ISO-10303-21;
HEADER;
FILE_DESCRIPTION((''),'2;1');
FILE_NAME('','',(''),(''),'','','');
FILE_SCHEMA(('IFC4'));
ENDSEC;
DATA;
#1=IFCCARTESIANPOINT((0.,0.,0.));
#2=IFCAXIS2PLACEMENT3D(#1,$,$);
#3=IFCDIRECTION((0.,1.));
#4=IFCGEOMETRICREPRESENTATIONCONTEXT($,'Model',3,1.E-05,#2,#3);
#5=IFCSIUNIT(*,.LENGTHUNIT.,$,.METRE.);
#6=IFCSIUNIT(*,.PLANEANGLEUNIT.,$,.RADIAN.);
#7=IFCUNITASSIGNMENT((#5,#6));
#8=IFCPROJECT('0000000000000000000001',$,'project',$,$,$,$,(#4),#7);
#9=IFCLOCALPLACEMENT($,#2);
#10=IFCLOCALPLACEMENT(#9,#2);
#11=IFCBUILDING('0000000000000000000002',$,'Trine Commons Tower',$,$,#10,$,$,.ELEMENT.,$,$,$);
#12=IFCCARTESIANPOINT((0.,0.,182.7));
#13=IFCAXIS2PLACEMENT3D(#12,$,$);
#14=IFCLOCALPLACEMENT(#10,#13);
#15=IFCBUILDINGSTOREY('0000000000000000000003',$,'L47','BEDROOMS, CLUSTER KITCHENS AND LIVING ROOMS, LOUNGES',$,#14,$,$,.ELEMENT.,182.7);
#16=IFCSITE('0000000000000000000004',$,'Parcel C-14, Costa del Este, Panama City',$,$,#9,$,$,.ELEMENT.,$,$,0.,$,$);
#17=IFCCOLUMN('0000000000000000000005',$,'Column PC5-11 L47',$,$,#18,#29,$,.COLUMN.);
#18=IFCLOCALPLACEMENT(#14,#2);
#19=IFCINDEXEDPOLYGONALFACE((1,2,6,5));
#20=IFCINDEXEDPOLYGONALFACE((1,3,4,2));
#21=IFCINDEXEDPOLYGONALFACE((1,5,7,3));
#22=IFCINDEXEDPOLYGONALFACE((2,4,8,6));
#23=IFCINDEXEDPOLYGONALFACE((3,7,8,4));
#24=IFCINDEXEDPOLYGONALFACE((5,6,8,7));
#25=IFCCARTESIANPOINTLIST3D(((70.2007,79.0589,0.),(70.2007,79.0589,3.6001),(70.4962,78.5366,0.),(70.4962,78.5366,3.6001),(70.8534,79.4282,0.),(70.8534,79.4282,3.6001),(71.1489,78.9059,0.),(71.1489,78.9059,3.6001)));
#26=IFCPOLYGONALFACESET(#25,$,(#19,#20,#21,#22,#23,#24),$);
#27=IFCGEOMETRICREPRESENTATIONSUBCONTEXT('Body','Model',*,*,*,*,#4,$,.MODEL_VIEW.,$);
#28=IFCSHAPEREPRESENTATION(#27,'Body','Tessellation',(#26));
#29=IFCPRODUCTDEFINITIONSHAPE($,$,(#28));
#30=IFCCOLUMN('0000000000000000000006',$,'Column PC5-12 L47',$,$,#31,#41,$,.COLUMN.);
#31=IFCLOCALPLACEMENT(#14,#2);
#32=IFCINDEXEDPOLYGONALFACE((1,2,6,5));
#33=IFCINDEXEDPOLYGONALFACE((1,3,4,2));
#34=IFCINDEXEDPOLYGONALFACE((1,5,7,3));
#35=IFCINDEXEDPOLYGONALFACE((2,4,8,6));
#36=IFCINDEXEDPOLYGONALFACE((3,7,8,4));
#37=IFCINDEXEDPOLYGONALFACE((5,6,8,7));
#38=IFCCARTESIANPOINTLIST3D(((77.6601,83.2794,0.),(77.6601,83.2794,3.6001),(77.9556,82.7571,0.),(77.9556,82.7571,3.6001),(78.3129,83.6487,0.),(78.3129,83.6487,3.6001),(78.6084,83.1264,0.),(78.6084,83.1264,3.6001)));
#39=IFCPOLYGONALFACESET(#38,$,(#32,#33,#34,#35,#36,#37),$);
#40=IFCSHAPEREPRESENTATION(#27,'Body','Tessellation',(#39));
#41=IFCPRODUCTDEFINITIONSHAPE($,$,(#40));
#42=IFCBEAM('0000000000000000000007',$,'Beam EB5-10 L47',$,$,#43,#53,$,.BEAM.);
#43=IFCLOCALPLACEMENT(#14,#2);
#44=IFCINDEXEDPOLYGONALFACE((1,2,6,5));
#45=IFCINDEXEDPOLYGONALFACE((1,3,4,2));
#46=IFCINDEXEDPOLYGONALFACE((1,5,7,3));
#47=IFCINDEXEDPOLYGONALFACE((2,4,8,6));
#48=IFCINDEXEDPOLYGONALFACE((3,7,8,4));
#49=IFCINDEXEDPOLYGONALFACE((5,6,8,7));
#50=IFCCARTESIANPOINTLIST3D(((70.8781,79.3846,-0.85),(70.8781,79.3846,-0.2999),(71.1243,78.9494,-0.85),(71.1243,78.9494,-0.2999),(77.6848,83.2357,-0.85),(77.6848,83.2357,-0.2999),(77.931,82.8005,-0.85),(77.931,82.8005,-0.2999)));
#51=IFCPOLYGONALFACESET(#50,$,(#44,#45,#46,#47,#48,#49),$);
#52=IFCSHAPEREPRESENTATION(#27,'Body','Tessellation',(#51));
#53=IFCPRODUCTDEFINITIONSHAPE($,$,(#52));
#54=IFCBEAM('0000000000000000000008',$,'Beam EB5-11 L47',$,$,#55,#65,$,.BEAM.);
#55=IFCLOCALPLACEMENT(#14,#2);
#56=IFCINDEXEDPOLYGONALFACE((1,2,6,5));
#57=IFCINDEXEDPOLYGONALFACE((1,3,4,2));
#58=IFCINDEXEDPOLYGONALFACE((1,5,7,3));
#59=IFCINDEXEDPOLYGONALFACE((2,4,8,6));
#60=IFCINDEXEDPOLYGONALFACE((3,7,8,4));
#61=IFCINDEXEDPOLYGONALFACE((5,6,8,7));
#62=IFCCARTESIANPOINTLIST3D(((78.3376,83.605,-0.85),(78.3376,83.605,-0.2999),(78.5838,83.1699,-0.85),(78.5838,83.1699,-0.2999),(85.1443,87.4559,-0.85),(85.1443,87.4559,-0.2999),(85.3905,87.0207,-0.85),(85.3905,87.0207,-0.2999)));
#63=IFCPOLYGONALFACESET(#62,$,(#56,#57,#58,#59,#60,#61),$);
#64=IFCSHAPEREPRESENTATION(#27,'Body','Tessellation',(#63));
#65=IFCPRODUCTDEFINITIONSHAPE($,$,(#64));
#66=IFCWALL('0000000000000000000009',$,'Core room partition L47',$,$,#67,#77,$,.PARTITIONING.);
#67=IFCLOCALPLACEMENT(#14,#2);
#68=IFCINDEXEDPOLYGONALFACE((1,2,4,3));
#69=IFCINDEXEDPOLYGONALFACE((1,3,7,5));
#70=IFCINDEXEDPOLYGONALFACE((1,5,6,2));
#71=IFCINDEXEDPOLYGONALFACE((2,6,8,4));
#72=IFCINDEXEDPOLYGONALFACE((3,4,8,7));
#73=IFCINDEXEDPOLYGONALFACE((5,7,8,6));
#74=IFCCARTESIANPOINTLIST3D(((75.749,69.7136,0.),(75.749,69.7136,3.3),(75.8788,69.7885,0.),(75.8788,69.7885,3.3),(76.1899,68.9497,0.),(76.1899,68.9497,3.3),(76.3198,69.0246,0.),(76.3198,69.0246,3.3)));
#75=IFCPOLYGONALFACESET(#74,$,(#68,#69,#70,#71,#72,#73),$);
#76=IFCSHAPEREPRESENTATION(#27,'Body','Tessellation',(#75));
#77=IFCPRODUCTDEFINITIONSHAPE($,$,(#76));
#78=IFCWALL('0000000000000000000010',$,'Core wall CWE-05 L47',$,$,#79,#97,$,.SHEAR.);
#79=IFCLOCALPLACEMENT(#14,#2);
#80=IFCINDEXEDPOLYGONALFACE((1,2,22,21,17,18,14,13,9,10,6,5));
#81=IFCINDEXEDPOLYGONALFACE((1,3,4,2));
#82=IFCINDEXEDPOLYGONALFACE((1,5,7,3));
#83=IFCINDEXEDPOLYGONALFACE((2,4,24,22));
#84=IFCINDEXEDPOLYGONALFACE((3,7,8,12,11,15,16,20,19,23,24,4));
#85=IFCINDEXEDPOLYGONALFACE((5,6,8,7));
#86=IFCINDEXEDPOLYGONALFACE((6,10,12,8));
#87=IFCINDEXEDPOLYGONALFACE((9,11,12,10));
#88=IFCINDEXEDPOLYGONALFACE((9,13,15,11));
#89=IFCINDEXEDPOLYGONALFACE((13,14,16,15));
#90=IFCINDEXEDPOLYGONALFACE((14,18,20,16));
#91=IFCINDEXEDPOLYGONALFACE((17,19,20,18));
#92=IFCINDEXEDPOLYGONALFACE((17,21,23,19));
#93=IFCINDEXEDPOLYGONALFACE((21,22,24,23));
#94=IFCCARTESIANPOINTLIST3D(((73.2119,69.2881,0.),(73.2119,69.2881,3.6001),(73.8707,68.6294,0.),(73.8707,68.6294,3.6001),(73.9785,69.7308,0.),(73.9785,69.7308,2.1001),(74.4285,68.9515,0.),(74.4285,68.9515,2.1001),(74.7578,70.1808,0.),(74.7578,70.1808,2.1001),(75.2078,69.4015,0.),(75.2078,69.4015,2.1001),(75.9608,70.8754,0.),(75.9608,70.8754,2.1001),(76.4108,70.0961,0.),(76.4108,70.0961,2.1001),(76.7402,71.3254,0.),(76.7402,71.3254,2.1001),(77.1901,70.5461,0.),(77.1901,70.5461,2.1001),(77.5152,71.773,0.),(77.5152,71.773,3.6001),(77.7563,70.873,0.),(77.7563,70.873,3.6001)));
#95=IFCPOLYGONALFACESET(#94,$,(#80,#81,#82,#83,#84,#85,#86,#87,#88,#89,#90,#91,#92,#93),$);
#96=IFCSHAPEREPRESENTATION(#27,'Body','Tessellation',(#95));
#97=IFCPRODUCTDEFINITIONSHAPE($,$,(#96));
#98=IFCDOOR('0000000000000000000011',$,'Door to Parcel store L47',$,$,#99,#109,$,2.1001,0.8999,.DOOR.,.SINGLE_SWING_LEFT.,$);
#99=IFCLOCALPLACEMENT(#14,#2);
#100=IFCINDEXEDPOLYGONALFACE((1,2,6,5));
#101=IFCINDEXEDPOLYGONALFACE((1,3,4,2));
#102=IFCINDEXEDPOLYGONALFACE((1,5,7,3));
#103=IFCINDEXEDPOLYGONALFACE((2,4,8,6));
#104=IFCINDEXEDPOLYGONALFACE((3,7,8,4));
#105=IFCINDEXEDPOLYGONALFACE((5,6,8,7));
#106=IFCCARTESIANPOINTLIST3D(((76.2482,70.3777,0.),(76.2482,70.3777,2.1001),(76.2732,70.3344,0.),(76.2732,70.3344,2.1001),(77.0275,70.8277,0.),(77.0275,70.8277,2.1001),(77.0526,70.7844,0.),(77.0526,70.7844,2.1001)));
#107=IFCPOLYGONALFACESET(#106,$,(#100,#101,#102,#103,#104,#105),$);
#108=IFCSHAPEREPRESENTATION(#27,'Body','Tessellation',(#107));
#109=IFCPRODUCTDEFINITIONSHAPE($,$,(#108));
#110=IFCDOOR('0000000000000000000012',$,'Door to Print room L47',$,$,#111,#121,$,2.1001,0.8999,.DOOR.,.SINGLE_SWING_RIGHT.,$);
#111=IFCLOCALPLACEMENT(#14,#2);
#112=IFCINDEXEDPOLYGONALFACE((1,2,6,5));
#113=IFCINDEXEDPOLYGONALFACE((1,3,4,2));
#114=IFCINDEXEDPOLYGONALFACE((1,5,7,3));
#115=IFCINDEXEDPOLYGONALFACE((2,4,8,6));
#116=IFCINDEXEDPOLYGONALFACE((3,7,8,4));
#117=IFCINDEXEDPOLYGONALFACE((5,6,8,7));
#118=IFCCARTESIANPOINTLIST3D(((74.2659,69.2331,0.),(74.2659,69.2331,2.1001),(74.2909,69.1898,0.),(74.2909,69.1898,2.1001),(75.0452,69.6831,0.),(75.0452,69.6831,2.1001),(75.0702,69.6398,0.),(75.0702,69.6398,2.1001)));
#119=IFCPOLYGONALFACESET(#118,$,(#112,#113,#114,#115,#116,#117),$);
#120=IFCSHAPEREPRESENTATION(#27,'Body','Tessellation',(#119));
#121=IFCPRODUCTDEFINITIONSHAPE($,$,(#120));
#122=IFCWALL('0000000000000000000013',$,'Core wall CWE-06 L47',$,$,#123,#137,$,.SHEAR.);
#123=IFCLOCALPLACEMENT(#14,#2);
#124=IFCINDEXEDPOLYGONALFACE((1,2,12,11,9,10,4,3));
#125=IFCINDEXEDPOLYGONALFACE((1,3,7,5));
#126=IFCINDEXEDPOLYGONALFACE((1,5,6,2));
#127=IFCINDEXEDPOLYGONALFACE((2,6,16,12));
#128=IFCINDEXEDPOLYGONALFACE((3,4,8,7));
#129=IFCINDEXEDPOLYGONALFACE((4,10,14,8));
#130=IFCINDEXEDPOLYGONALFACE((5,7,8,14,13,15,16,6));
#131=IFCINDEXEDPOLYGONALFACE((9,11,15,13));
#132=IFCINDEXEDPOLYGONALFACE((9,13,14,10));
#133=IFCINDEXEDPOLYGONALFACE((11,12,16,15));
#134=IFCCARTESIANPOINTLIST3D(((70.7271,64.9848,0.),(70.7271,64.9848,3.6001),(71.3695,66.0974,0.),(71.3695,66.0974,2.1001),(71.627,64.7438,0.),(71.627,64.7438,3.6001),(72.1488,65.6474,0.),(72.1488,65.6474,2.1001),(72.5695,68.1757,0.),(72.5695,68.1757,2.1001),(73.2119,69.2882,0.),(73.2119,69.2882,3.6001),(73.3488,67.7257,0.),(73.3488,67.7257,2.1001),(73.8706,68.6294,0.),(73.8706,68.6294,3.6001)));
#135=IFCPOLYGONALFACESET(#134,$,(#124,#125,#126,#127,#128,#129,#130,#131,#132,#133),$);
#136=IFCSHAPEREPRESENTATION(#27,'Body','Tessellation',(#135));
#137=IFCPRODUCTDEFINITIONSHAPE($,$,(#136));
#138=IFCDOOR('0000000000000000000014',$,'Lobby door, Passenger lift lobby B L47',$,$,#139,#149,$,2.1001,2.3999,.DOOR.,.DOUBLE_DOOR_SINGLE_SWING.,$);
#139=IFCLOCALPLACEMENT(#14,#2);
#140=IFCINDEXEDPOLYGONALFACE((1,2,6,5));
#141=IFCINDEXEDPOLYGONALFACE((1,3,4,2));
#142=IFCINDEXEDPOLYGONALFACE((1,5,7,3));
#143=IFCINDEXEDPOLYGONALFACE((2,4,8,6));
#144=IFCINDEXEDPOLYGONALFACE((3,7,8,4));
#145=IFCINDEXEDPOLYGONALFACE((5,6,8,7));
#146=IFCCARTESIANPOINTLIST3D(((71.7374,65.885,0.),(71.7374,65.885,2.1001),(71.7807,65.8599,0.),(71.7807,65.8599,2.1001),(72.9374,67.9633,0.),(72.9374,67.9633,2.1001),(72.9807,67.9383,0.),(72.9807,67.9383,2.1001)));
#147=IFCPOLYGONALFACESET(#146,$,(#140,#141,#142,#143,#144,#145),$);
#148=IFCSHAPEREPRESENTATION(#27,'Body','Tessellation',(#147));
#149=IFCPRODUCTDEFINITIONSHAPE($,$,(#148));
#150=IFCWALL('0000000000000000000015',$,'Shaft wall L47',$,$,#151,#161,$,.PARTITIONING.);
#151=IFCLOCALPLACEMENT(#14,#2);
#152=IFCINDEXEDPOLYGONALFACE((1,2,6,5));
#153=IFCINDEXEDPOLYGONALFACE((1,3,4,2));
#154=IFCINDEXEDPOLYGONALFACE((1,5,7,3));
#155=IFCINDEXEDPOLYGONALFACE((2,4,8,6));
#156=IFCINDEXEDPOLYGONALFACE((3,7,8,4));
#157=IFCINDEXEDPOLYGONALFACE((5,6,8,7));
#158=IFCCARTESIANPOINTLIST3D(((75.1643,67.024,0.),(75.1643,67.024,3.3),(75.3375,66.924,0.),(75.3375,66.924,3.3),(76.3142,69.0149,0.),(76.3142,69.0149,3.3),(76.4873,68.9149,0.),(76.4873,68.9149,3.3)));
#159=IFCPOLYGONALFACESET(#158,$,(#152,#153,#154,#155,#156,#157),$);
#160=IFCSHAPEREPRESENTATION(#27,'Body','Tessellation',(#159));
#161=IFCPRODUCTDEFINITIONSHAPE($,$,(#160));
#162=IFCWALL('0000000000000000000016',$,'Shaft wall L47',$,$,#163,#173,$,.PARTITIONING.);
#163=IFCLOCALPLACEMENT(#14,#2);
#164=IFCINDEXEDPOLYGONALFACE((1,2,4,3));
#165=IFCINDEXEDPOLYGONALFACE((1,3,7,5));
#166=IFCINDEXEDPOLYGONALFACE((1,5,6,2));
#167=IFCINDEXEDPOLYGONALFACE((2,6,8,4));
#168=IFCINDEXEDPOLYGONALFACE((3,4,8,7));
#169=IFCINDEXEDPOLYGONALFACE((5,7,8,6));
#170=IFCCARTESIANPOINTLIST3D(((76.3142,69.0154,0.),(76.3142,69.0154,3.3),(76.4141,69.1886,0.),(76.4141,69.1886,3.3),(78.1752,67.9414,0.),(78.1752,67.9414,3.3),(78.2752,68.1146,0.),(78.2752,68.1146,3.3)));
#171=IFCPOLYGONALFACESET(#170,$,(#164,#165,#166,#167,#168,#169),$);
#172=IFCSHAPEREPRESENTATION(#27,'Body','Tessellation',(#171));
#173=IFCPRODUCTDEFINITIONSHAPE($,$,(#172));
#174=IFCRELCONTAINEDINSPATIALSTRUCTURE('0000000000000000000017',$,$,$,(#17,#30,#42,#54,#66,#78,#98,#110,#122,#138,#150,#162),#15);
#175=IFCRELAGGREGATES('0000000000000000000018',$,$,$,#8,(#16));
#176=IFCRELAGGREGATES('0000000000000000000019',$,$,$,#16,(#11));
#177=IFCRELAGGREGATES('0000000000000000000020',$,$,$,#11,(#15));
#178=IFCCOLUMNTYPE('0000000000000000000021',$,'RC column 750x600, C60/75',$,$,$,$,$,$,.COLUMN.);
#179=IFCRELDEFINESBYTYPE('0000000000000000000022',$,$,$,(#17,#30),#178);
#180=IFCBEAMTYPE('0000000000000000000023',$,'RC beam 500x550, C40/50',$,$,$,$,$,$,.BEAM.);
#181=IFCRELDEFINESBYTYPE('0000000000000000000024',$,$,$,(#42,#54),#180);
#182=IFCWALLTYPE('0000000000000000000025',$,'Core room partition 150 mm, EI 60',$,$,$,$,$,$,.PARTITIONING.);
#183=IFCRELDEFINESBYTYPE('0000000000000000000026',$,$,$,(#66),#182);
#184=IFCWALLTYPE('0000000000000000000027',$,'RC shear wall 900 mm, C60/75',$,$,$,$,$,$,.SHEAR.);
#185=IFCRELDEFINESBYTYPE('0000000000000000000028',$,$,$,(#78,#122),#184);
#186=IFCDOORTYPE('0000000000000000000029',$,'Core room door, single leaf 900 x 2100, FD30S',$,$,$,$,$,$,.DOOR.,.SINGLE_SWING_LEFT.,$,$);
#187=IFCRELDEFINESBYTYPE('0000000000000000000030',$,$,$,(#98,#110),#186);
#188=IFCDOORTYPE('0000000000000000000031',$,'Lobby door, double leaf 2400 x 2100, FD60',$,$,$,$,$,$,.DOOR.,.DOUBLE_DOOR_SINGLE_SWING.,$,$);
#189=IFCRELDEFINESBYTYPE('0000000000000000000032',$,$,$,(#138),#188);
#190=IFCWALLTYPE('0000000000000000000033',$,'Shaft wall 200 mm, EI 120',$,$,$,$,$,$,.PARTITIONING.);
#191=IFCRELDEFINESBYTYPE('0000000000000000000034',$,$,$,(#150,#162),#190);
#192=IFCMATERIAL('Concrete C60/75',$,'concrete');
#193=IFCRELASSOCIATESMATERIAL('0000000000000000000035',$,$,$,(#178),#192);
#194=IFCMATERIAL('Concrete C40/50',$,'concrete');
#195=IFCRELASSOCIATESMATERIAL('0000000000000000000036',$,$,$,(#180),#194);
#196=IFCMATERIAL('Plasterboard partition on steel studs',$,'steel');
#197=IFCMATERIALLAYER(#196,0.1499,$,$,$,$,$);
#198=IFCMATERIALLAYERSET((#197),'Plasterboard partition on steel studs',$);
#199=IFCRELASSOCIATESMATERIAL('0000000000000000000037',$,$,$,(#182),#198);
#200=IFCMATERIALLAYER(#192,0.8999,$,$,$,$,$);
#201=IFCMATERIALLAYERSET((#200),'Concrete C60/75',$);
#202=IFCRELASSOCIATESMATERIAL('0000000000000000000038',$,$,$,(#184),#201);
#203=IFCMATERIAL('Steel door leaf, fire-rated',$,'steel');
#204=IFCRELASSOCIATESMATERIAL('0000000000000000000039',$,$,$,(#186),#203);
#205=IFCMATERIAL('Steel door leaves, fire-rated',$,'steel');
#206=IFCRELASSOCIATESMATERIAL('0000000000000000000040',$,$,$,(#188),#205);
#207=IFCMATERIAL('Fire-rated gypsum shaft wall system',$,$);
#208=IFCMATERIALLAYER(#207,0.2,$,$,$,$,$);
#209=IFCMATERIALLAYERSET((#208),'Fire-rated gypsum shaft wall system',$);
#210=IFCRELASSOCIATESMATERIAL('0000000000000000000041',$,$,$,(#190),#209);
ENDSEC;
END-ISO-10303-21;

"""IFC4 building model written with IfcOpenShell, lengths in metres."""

from ifc_helpers import new_model, si_unit, direction, frame, frame_2d, origin, origin_2d, place, context, subcontext, project, spatial, polyline, rectangle, outline, extrude, material, layer, layer_set, material_profile, profile_set, type_object, element, fill, save


model = new_model("IFC4")

# Units and contexts
model_context = context("Model", 3, precision=1e-05, world=origin(), true_north=direction((0.0, 1.0)))
body_context = subcontext(model_context, "Body", "Model", "MODEL_VIEW")
ifc_project = project(units=[si_unit("LENGTHUNIT", "METRE"), si_unit("PLANEANGLEUNIT", "RADIAN")], contexts=[model_context])

# Site, building, storey
site_placement = place(None, origin())
site = spatial("IfcSite", under=ifc_project, at=site_placement, Name="Parcel C-14, Costa del Este, Panama City", CompositionType="ELEMENT", RefElevation=0.0)
building_placement = place(site_placement, origin())
building = spatial("IfcBuilding", under=site, at=building_placement, Name="Trine Commons Tower", CompositionType="ELEMENT")
storey_placement = place(building_placement, frame((0.0, 0.0, 182.7)))
storey = spatial("IfcBuildingStorey", under=building, at=storey_placement, Name="L47", Description="BEDROOMS, CLUSTER KITCHENS AND LIVING ROOMS, LOUNGES", CompositionType="ELEMENT", Elevation=182.7)

# Columns
ifc_material_1 = material(Name="Concrete C60/75", Category="concrete")
ifc_material_profile_1 = material_profile(ifc_material_1, rectangle(XDim=0.75, YDim=0.6001, at=origin_2d()), Name="RC 750x600")
ifc_profile_set_1 = profile_set([ifc_material_profile_1], Name="Concrete C60/75")
column_type = type_object("IfcColumnType", Name="RC column 750x600, C60/75", PredefinedType="COLUMN", material=ifc_profile_set_1)
for number, where, z_axis, x_axis, name in (
    (1, (70.6748, 78.9824, 0.0), (0.0, 0.0, 1.0), (0.870356, 0.492424, 0.0), "Column PC5-11 L47"),
    (2, (78.1343, 83.2029, 0.0), (0.0, 0.0, 1.0), (0.870356, 0.492424, 0.0), "Column PC5-12 L47"),
):
    element("IfcColumn", number, at=place(storey_placement, frame(where, z_axis=z_axis, x_axis=x_axis)), inside=storey, type_object=column_type, Name=name, PredefinedType="COLUMN", context=body_context, shape_type="SweptSolid", body=[
        extrude(rectangle(XDim=0.75, YDim=0.6001, at=origin_2d()), origin(), (0.0, 0.0, 1.0), 3.6001),
    ])

# Beams
ifc_material_2 = material(Name="Concrete C40/50", Category="concrete")
ifc_material_profile_2 = material_profile(ifc_material_2, rectangle(XDim=0.5, YDim=0.55, at=origin_2d()), Name="RC 500x550")
ifc_profile_set_2 = profile_set([ifc_material_profile_2], Name="Concrete C40/50")
beam_type = type_object("IfcBeamType", Name="RC beam 500x550, C40/50", PredefinedType="BEAM", material=ifc_profile_set_2)
for number, where, z_axis, x_axis, name in (
    (3, (71.0012, 79.167, -0.575), (0.870352, 0.49243, 0.0), (-0.49243, 0.870352, 0.0), "Beam EB5-10 L47"),
    (4, (78.4607, 83.3875, -0.575), (0.870366, 0.492406, 0.0), (-0.492406, 0.870366, 0.0), "Beam EB5-11 L47"),
):
    element("IfcBeam", number, at=place(storey_placement, frame(where, z_axis=z_axis, x_axis=x_axis)), inside=storey, type_object=beam_type, Name=name, PredefinedType="BEAM", context=body_context, shape_type="SweptSolid", body=[
        extrude(rectangle(XDim=0.5, YDim=0.55, at=origin_2d()), origin(), (0.0, 0.0, 1.0), 7.8206),
    ])

# Wall
ifc_material_3 = material(Name="Plasterboard partition on steel studs", Category="steel")
ifc_layer_1 = layer(ifc_material_3, 0.1499)
ifc_layer_set_1 = layer_set([ifc_layer_1], Name="Plasterboard partition on steel studs")
wall_type_1 = type_object("IfcWallType", Name="Core room partition 150 mm, EI 60", PredefinedType="PARTITIONING", material=ifc_layer_set_1)
wall_1_placement = place(storey_placement, frame((75.814, 69.751, 0.0), z_axis=(0.0, 0.0, 1.0), x_axis=(0.49989, -0.866089, 0.0)))
element("IfcWall", 5, at=wall_1_placement, inside=storey, type_object=wall_type_1, Name="Core room partition L47", PredefinedType="PARTITIONING", context=body_context, shape_type="SweptSolid", body=[
    extrude(rectangle(XDim=0.8821, YDim=0.1499, at=frame_2d((0.4409, 0.0))), origin(), (0.0, 0.0, 1.0), 3.3),
])

# Wall, openings, doors
ifc_layer_2 = layer(ifc_material_1, 0.8999)
ifc_layer_set_2 = layer_set([ifc_layer_2], Name="Concrete C60/75")
wall_type_2 = type_object("IfcWallType", Name="RC shear wall 900 mm, C60/75", PredefinedType="SHEAR", material=ifc_layer_set_2)
wall_2_placement = place(storey_placement, frame((77.7402, 71.3833, 0.0), z_axis=(0.0, 0.0, 1.0), x_axis=(-0.866003, -0.500039, 0.0)))
wall_2 = element("IfcWall", 6, at=wall_2_placement, inside=storey, type_object=wall_type_2, Name="Core wall CWE-05 L47", PredefinedType="SHEAR", context=body_context, shape_type="SweptSolid", body=[
    extrude(outline(polyline([(0.0, -0.45), (4.9692, -0.45), (4.728, 0.45), (0.2412, 0.45), (0.0, -0.45)])), origin(), (0.0, 0.0, 1.0), 3.6001),
])
opening_1_placement = place(wall_2_placement, frame((0.895, 0.0, 0.0)))
opening_1 = element("IfcOpeningElement", 7, at=opening_1_placement, cuts=wall_2, PredefinedType="OPENING", context=body_context, shape_type="SweptSolid", body=[
    extrude(rectangle(XDim=0.8999, YDim=2.1001, at=frame_2d((0.45, 1.05))), frame((0.0, 0.46, 0.0), z_axis=(0.0, -1.0, 0.0), x_axis=(1.0, 0.0, 0.0)), (0.0, 0.0, 1.0), 0.9199),
])
opening_2_placement = place(wall_2_placement, frame((3.1841, 0.0, 0.0)))
opening_2 = element("IfcOpeningElement", 8, at=opening_2_placement, cuts=wall_2, PredefinedType="OPENING", context=body_context, shape_type="SweptSolid", body=[
    extrude(rectangle(XDim=0.8999, YDim=2.1001, at=frame_2d((0.45, 1.05))), frame((0.0, 0.46, 0.0), z_axis=(0.0, -1.0, 0.0), x_axis=(1.0, 0.0, 0.0)), (0.0, 0.0, 1.0), 0.9199),
])
ifc_material_4 = material(Name="Steel door leaf, fire-rated", Category="steel")
door_type_1 = type_object("IfcDoorType", Name="Core room door, single leaf 900 x 2100, FD30S", OperationType="SINGLE_SWING_LEFT", PredefinedType="DOOR", material=ifc_material_4)
door_1_placement = place(opening_1_placement, origin())
door_1 = element("IfcDoor", 9, at=door_1_placement, inside=storey, type_object=door_type_1, Name="Door to Parcel store L47", OperationType="SINGLE_SWING_LEFT", OverallHeight=2.1001, OverallWidth=0.8999, PredefinedType="DOOR", context=body_context, shape_type="SweptSolid", body=[
    extrude(rectangle(XDim=0.8999, YDim=2.1001, at=frame_2d((0.45, 1.05))), frame((0.0, 0.1748, 0.0), z_axis=(0.0, -1.0, 0.0), x_axis=(1.0, 0.0, 0.0)), (0.0, 0.0, 1.0), 0.05),
])
fill(opening_1, door_1)
door_2_placement = place(opening_2_placement, origin())
door_2 = element("IfcDoor", 10, at=door_2_placement, inside=storey, type_object=door_type_1, Name="Door to Print room L47", OperationType="SINGLE_SWING_RIGHT", OverallHeight=2.1001, OverallWidth=0.8999, PredefinedType="DOOR", context=body_context, shape_type="SweptSolid", body=[
    extrude(rectangle(XDim=0.8999, YDim=2.1001, at=frame_2d((0.45, 1.05))), frame((0.0, 0.1748, 0.0), z_axis=(0.0, -1.0, 0.0), x_axis=(1.0, 0.0, 0.0)), (0.0, 0.0, 1.0), 0.05),
])
fill(opening_2, door_2)

# Wall, opening, door
wall_3_placement = place(storey_placement, frame((73.6016, 69.0632, 0.0), z_axis=(0.0, 0.0, 1.0), x_axis=(-0.500039, -0.866003, 0.0)))
wall_3 = element("IfcWall", 11, at=wall_3_placement, inside=storey, type_object=wall_type_2, Name="Core wall CWE-06 L47", PredefinedType="SHEAR", context=body_context, shape_type="SweptSolid", body=[
    extrude(outline(polyline([(0.0, -0.45), (4.9692, -0.45), (4.728, 0.45), (0.2412, 0.45), (0.0, -0.45)])), origin(), (0.0, 0.0, 1.0), 3.6001),
])
opening_3_placement = place(wall_3_placement, frame((1.2847, 0.0, 0.0)))
opening_3 = element("IfcOpeningElement", 12, at=opening_3_placement, cuts=wall_3, PredefinedType="OPENING", context=body_context, shape_type="SweptSolid", body=[
    extrude(rectangle(XDim=2.3999, YDim=2.1001, at=frame_2d((1.2, 1.05))), frame((0.0, 0.46, 0.0), z_axis=(0.0, -1.0, 0.0), x_axis=(1.0, 0.0, 0.0)), (0.0, 0.0, 1.0), 0.9199),
])
ifc_material_5 = material(Name="Steel door leaves, fire-rated", Category="steel")
door_type_2 = type_object("IfcDoorType", Name="Lobby door, double leaf 2400 x 2100, FD60", OperationType="DOUBLE_DOOR_SINGLE_SWING", PredefinedType="DOOR", material=ifc_material_5)
door_3_placement = place(opening_3_placement, origin())
door_3 = element("IfcDoor", 13, at=door_3_placement, inside=storey, type_object=door_type_2, Name="Lobby door, Passenger lift lobby B L47", OperationType="DOUBLE_DOOR_SINGLE_SWING", OverallHeight=2.1001, OverallWidth=2.3999, PredefinedType="DOOR", context=body_context, shape_type="SweptSolid", body=[
    extrude(rectangle(XDim=2.3999, YDim=2.1001, at=frame_2d((1.2, 1.05))), frame((0.0, 0.0249, 0.0), z_axis=(0.0, -1.0, 0.0), x_axis=(1.0, 0.0, 0.0)), (0.0, 0.0, 1.0), 0.05),
])
fill(opening_3, door_3)

# Walls
ifc_material_6 = material(Name="Fire-rated gypsum shaft wall system")
ifc_layer_3 = layer(ifc_material_6, 0.2)
ifc_layer_set_3 = layer_set([ifc_layer_3], Name="Fire-rated gypsum shaft wall system")
wall_type_3 = type_object("IfcWallType", Name="Shaft wall 200 mm, EI 120", PredefinedType="PARTITIONING", material=ifc_layer_set_3)
wall_4_placement = place(storey_placement, frame((75.251, 66.9741, 0.0), z_axis=(0.0, 0.0, 1.0), x_axis=(0.500136, 0.865947, 0.0)))
element("IfcWall", 14, at=wall_4_placement, inside=storey, type_object=wall_type_3, Name="Shaft wall L47", PredefinedType="PARTITIONING", context=body_context, shape_type="SweptSolid", body=[
    extrude(rectangle(XDim=2.2991, YDim=0.2, at=frame_2d((1.1494, 0.0))), origin(), (0.0, 0.0, 1.0), 3.3),
])
wall_5_placement = place(storey_placement, frame((78.2251, 68.0281, 0.0), z_axis=(0.0, 0.0, 1.0), x_axis=(-0.866131, 0.499818, 0.0)))
element("IfcWall", 15, at=wall_5_placement, inside=storey, type_object=wall_type_3, Name="Shaft wall L47", PredefinedType="PARTITIONING", context=body_context, shape_type="SweptSolid", body=[
    extrude(rectangle(XDim=2.1487, YDim=0.2, at=frame_2d((1.0742, 0.0))), origin(), (0.0, 0.0, 1.0), 3.3),
])

save(model, "model.ifc")
